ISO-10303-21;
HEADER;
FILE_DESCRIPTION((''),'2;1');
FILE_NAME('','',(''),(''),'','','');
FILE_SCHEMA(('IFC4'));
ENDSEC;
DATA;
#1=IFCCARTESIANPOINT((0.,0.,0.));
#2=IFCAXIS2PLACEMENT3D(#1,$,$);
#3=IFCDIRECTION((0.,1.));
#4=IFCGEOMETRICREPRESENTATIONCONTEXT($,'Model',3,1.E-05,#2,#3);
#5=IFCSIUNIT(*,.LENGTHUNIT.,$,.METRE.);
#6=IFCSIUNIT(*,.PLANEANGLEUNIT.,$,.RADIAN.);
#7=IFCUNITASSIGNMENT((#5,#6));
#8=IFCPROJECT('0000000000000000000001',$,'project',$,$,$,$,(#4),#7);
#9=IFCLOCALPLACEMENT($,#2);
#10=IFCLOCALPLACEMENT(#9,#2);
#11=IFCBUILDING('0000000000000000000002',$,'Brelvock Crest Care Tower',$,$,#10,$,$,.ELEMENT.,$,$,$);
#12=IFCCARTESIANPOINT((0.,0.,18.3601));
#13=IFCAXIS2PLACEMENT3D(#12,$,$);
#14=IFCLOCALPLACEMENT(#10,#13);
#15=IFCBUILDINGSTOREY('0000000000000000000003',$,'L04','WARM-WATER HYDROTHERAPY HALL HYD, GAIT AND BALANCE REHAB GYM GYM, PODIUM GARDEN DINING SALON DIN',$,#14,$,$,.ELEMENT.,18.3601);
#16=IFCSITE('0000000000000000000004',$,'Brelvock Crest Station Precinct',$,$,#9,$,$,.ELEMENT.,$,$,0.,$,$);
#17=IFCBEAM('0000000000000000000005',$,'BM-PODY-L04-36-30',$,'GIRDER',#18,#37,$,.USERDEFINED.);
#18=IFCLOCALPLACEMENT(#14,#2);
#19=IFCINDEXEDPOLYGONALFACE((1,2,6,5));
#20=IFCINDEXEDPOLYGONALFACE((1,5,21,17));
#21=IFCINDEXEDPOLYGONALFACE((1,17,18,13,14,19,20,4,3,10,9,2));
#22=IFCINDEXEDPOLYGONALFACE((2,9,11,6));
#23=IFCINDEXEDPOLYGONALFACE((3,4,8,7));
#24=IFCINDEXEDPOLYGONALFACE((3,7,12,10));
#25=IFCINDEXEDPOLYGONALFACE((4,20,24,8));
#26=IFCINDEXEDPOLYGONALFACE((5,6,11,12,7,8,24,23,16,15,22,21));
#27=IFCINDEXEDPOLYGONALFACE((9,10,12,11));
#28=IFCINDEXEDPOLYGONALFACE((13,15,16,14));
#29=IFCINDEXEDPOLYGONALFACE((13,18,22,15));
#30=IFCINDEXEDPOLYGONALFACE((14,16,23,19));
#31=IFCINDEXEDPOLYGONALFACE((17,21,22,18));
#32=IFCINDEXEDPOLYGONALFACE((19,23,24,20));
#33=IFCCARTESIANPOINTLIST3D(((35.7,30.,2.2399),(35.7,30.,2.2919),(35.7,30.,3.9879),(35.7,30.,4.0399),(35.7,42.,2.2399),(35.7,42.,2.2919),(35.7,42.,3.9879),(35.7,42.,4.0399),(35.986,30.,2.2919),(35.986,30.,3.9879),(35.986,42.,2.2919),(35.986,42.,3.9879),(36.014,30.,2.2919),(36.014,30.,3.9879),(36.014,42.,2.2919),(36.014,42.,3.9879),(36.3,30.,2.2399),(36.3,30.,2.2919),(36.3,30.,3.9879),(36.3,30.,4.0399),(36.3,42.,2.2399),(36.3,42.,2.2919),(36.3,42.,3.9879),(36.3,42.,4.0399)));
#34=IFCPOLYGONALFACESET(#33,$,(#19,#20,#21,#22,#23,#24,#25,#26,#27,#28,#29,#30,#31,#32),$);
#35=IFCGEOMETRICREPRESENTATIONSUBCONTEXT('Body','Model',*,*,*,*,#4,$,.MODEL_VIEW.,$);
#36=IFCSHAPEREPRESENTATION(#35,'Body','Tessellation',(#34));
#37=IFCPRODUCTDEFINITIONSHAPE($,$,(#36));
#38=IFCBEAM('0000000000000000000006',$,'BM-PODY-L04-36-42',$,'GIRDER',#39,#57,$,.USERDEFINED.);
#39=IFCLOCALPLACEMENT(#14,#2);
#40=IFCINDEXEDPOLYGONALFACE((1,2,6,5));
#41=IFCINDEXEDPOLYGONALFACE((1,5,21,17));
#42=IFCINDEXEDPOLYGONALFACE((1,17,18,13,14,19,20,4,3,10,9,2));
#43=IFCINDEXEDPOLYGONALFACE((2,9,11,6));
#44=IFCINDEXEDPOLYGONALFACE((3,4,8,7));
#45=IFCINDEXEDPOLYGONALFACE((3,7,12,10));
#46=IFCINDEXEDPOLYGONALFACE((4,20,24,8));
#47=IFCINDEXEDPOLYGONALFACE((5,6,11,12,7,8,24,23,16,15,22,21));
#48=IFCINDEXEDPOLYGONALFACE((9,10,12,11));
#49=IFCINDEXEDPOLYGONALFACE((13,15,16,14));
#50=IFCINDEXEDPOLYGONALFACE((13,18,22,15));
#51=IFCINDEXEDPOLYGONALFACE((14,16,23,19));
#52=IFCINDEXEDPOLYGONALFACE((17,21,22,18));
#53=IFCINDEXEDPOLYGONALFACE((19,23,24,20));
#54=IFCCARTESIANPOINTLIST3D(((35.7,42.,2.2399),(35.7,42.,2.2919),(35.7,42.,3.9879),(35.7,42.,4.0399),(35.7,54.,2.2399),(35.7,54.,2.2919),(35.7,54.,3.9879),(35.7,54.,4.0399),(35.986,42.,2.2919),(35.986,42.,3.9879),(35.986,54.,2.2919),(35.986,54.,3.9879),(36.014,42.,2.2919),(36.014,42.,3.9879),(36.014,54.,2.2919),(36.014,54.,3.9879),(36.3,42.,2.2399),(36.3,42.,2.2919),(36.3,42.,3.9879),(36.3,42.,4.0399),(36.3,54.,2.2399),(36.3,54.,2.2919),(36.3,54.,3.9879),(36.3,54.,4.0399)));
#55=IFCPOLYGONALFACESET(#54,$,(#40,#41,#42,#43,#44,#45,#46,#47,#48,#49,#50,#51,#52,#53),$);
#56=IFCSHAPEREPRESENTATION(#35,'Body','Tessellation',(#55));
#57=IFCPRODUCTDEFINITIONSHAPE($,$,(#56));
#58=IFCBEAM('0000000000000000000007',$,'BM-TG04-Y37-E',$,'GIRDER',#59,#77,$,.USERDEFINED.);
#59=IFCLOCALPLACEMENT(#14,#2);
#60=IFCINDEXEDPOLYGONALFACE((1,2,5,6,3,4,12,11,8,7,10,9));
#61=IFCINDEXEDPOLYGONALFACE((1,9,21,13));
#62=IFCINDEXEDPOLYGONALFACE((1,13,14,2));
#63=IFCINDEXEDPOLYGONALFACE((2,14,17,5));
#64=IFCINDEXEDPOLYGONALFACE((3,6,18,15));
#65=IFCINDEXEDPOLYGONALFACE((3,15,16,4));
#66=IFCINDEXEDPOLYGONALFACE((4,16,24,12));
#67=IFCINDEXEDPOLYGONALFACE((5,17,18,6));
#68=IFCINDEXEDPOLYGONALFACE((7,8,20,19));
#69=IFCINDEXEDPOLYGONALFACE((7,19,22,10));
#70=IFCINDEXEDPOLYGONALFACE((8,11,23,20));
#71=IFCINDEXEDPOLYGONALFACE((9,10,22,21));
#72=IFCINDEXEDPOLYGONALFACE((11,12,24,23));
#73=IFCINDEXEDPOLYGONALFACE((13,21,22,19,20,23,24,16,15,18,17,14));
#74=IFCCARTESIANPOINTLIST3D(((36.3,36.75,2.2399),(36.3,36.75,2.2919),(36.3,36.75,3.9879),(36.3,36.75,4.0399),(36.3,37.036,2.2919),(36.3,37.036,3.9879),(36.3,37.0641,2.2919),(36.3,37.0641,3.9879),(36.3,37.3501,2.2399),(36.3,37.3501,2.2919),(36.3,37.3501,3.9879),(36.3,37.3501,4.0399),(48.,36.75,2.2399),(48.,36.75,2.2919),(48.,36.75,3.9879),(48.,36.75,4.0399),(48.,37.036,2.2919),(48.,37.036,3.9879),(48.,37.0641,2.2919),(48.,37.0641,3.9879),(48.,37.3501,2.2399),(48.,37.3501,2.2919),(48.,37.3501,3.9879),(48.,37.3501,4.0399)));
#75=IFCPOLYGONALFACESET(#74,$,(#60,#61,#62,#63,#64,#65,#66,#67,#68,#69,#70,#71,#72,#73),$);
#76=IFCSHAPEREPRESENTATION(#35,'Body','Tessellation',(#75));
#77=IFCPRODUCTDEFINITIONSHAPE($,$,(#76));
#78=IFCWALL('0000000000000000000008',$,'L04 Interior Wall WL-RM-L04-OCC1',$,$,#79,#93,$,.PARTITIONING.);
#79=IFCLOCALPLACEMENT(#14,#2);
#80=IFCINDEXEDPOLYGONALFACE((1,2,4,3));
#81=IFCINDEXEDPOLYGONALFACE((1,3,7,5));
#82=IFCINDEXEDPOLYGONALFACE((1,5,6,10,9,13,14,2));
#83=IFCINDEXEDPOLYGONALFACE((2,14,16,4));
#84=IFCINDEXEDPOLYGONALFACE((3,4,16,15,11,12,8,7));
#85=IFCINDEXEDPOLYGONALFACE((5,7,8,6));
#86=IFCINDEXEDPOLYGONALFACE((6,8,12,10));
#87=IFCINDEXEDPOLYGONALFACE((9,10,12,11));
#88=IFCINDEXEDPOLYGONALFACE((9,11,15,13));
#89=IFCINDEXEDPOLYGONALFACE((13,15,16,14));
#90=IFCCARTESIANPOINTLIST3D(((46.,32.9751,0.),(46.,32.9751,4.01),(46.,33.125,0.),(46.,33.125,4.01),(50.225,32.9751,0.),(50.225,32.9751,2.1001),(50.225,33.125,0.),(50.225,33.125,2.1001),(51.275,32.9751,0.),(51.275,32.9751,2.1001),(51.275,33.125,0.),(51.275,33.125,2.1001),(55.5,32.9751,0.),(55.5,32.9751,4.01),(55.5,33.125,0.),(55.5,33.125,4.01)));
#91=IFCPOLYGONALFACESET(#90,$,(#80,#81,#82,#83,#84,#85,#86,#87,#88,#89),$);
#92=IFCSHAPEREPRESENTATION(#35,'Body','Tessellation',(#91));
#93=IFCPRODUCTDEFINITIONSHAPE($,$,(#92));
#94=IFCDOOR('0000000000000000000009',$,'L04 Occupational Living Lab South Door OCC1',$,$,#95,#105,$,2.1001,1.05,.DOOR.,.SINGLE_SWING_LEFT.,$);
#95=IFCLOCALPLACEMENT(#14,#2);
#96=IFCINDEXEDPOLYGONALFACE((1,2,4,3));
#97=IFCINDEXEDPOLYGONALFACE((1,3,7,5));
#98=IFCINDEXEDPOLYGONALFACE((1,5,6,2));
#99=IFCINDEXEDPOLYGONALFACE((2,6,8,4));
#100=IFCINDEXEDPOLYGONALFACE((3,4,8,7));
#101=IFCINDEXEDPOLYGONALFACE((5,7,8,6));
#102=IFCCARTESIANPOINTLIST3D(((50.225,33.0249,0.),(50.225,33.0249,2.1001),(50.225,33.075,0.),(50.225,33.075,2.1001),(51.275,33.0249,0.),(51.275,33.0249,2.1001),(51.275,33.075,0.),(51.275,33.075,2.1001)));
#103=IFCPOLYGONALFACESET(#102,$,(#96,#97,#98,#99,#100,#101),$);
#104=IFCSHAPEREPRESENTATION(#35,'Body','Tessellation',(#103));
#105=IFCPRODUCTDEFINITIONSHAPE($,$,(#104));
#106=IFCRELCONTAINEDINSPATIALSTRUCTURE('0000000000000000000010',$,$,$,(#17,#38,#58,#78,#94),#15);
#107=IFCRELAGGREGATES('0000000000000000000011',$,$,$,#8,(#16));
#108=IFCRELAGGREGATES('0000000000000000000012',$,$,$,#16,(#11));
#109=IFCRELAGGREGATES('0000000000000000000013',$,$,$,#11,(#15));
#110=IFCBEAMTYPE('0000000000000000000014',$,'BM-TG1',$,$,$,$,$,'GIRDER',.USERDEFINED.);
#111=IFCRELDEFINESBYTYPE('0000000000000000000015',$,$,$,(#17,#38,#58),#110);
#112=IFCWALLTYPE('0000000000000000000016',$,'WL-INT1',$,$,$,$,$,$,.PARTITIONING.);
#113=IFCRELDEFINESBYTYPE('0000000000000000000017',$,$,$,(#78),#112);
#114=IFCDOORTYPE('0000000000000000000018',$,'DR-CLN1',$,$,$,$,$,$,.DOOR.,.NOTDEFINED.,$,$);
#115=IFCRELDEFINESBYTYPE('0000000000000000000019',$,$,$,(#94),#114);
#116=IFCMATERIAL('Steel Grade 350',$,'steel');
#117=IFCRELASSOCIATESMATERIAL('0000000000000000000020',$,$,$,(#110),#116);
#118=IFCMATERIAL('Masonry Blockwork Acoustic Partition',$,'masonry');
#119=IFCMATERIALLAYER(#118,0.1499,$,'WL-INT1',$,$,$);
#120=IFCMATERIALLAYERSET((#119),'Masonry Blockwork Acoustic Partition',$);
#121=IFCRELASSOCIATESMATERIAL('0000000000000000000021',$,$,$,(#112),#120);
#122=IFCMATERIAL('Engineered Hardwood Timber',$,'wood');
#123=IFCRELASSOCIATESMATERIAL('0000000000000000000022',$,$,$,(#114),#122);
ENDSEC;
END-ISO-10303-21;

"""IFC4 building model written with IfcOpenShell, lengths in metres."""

from ifc_helpers import new_model, si_unit, direction, frame, frame_2d, origin, origin_2d, place, context, subcontext, project, spatial, rectangle, i_section, extrude, source, transform, mapped, material, layer, layer_set, material_profile, profile_set, type_object, element, fill, save


model = new_model("IFC4")

# Units and contexts
model_context = context("Model", 3, precision=1e-05, world=origin(), true_north=direction((0.0, 1.0)))
body_context = subcontext(model_context, "Body", "Model", "MODEL_VIEW")
ifc_project = project(units=[si_unit("LENGTHUNIT", "METRE"), si_unit("PLANEANGLEUNIT", "RADIAN")], contexts=[model_context])

# Site, building, storey
site_placement = place(None, origin())
site = spatial("IfcSite", under=ifc_project, at=site_placement, Name="Brelvock Crest Station Precinct", CompositionType="ELEMENT", RefElevation=0.0)
building_placement = place(site_placement, origin())
building = spatial("IfcBuilding", under=site, at=building_placement, Name="Brelvock Crest Care Tower", CompositionType="ELEMENT")
storey_placement = place(building_placement, frame((0.0, 0.0, 18.3601)))
storey = spatial("IfcBuildingStorey", under=building, at=storey_placement, Name="L04", Description="WARM-WATER HYDROTHERAPY HALL HYD, GAIT AND BALANCE REHAB GYM GYM, PODIUM GARDEN DINING SALON DIN", CompositionType="ELEMENT", Elevation=18.3601)

# Shared definitions
ifc_material_1 = material(Name="Steel Grade 350", Category="steel")

# Beams
ifc_material_profile_1 = material_profile(ifc_material_1, i_section(OverallWidth=0.6001, OverallDepth=1.8, WebThickness=0.0281, FlangeThickness=0.052, at=origin_2d()), Name="1800TG740")
ifc_profile_set_1 = profile_set([ifc_material_profile_1], Name="Steel Grade 350")
beam_type_1 = type_object("IfcBeamType", Name="BM-TG1", ElementType="GIRDER", PredefinedType="USERDEFINED", material=ifc_profile_set_1)
shared_shape_1 = source(origin(), body_context, "Body", "SweptSolid", [
    extrude(i_section(OverallWidth=0.6001, OverallDepth=1.8, WebThickness=0.0281, FlangeThickness=0.052, at=origin_2d()), origin(), (0.0, 0.0, 1.0), 12.0),
])
for number, where, z_axis, x_axis, name in (
    (1, (36.0, 30.0, 3.1399), (0.0, 1.0, 0.0), (-1.0, 0.0, 0.0), "BM-PODY-L04-36-30"),
    (2, (36.0, 42.0, 3.1399), (0.0, 1.0, 0.0), (-1.0, 0.0, 0.0), "BM-PODY-L04-36-42"),
):
    element("IfcBeam", number, at=place(storey_placement, frame(where, z_axis=z_axis, x_axis=x_axis)), inside=storey, type_object=beam_type_1, Name=name, ObjectType="GIRDER", PredefinedType="USERDEFINED", context=body_context, shape_type="MappedRepresentation", body=[
        mapped(shared_shape_1, transform((0.0, 0.0, 0.0), x_axis=(1.0, 0.0, 0.0), y_axis=(0.0, 1.0, 0.0), z_axis=(0.0, 0.0, 1.0), scale=1.0)),
    ])
shared_shape_2 = source(origin(), body_context, "Body", "SweptSolid", [
    extrude(i_section(OverallWidth=0.6001, OverallDepth=1.8, WebThickness=0.0281, FlangeThickness=0.052, at=origin_2d()), origin(), (0.0, 0.0, 1.0), 11.7),
])
beam_placement = place(storey_placement, frame((36.3, 37.05, 3.1399), z_axis=(1.0, 0.0, 0.0), x_axis=(0.0, 1.0, 0.0)))
element("IfcBeam", 3, at=beam_placement, inside=storey, type_object=beam_type_1, Name="BM-TG04-Y37-E", ObjectType="GIRDER", PredefinedType="USERDEFINED", context=body_context, shape_type="MappedRepresentation", body=[
    mapped(shared_shape_2, transform((0.0, 0.0, 0.0), x_axis=(1.0, 0.0, 0.0), y_axis=(0.0, 1.0, 0.0), z_axis=(0.0, 0.0, 1.0), scale=1.0)),
])

# Wall, opening, door
ifc_material_2 = material(Name="Masonry Blockwork Acoustic Partition", Category="masonry")
ifc_layer = layer(ifc_material_2, 0.1499, Name="WL-INT1")
ifc_layer_set = layer_set([ifc_layer], Name="Masonry Blockwork Acoustic Partition")
wall_type = type_object("IfcWallType", Name="WL-INT1", PredefinedType="PARTITIONING", material=ifc_layer_set)
wall_placement = place(storey_placement, frame((46.0, 33.05, 0.0), z_axis=(0.0, 0.0, 1.0), x_axis=(1.0, 0.0, 0.0)))
wall = element("IfcWall", 4, at=wall_placement, inside=storey, type_object=wall_type, Name="L04 Interior Wall WL-RM-L04-OCC1", PredefinedType="PARTITIONING", context=body_context, shape_type="SweptSolid", body=[
    extrude(rectangle(XDim=9.5, YDim=0.1499, at=frame_2d((4.75, 0.0))), origin(), (0.0, 0.0, 1.0), 4.01),
])
opening_placement = place(wall_placement, frame((4.2251, 0.0, 0.0)))
opening = element("IfcOpeningElement", 5, at=opening_placement, cuts=wall, PredefinedType="OPENING", context=body_context, shape_type="SweptSolid", body=[
    extrude(rectangle(XDim=1.05, YDim=2.1001, at=origin_2d()), frame((0.5249, 0.085, 1.05), z_axis=(0.0, -1.0, 0.0), x_axis=(1.0, 0.0, 0.0)), (0.0, 0.0, 1.0), 0.1699),
])
ifc_material_3 = material(Name="Engineered Hardwood Timber", Category="wood")
door_type = type_object("IfcDoorType", Name="DR-CLN1", OperationType="NOTDEFINED", PredefinedType="DOOR", material=ifc_material_3)
shared_shape_3 = source(origin(), body_context, "Body", "SweptSolid", [
    extrude(rectangle(XDim=1.05, YDim=2.1001, at=origin_2d()), frame((0.5249, 0.0249, 1.05), z_axis=(0.0, -1.0, 0.0), x_axis=(1.0, 0.0, 0.0)), (0.0, 0.0, 1.0), 0.05),
])
door_placement = place(opening_placement, origin())
door = element("IfcDoor", 6, at=door_placement, inside=storey, type_object=door_type, Name="L04 Occupational Living Lab South Door OCC1", OperationType="SINGLE_SWING_LEFT", OverallHeight=2.1001, OverallWidth=1.05, PredefinedType="DOOR", context=body_context, shape_type="MappedRepresentation", body=[
    mapped(shared_shape_3, transform((0.0, 0.0, 0.0), x_axis=(1.0, 0.0, 0.0), y_axis=(0.0, 1.0, 0.0), z_axis=(0.0, 0.0, 1.0), scale=1.0)),
])
fill(opening, door)

save(model, "model.ifc")
